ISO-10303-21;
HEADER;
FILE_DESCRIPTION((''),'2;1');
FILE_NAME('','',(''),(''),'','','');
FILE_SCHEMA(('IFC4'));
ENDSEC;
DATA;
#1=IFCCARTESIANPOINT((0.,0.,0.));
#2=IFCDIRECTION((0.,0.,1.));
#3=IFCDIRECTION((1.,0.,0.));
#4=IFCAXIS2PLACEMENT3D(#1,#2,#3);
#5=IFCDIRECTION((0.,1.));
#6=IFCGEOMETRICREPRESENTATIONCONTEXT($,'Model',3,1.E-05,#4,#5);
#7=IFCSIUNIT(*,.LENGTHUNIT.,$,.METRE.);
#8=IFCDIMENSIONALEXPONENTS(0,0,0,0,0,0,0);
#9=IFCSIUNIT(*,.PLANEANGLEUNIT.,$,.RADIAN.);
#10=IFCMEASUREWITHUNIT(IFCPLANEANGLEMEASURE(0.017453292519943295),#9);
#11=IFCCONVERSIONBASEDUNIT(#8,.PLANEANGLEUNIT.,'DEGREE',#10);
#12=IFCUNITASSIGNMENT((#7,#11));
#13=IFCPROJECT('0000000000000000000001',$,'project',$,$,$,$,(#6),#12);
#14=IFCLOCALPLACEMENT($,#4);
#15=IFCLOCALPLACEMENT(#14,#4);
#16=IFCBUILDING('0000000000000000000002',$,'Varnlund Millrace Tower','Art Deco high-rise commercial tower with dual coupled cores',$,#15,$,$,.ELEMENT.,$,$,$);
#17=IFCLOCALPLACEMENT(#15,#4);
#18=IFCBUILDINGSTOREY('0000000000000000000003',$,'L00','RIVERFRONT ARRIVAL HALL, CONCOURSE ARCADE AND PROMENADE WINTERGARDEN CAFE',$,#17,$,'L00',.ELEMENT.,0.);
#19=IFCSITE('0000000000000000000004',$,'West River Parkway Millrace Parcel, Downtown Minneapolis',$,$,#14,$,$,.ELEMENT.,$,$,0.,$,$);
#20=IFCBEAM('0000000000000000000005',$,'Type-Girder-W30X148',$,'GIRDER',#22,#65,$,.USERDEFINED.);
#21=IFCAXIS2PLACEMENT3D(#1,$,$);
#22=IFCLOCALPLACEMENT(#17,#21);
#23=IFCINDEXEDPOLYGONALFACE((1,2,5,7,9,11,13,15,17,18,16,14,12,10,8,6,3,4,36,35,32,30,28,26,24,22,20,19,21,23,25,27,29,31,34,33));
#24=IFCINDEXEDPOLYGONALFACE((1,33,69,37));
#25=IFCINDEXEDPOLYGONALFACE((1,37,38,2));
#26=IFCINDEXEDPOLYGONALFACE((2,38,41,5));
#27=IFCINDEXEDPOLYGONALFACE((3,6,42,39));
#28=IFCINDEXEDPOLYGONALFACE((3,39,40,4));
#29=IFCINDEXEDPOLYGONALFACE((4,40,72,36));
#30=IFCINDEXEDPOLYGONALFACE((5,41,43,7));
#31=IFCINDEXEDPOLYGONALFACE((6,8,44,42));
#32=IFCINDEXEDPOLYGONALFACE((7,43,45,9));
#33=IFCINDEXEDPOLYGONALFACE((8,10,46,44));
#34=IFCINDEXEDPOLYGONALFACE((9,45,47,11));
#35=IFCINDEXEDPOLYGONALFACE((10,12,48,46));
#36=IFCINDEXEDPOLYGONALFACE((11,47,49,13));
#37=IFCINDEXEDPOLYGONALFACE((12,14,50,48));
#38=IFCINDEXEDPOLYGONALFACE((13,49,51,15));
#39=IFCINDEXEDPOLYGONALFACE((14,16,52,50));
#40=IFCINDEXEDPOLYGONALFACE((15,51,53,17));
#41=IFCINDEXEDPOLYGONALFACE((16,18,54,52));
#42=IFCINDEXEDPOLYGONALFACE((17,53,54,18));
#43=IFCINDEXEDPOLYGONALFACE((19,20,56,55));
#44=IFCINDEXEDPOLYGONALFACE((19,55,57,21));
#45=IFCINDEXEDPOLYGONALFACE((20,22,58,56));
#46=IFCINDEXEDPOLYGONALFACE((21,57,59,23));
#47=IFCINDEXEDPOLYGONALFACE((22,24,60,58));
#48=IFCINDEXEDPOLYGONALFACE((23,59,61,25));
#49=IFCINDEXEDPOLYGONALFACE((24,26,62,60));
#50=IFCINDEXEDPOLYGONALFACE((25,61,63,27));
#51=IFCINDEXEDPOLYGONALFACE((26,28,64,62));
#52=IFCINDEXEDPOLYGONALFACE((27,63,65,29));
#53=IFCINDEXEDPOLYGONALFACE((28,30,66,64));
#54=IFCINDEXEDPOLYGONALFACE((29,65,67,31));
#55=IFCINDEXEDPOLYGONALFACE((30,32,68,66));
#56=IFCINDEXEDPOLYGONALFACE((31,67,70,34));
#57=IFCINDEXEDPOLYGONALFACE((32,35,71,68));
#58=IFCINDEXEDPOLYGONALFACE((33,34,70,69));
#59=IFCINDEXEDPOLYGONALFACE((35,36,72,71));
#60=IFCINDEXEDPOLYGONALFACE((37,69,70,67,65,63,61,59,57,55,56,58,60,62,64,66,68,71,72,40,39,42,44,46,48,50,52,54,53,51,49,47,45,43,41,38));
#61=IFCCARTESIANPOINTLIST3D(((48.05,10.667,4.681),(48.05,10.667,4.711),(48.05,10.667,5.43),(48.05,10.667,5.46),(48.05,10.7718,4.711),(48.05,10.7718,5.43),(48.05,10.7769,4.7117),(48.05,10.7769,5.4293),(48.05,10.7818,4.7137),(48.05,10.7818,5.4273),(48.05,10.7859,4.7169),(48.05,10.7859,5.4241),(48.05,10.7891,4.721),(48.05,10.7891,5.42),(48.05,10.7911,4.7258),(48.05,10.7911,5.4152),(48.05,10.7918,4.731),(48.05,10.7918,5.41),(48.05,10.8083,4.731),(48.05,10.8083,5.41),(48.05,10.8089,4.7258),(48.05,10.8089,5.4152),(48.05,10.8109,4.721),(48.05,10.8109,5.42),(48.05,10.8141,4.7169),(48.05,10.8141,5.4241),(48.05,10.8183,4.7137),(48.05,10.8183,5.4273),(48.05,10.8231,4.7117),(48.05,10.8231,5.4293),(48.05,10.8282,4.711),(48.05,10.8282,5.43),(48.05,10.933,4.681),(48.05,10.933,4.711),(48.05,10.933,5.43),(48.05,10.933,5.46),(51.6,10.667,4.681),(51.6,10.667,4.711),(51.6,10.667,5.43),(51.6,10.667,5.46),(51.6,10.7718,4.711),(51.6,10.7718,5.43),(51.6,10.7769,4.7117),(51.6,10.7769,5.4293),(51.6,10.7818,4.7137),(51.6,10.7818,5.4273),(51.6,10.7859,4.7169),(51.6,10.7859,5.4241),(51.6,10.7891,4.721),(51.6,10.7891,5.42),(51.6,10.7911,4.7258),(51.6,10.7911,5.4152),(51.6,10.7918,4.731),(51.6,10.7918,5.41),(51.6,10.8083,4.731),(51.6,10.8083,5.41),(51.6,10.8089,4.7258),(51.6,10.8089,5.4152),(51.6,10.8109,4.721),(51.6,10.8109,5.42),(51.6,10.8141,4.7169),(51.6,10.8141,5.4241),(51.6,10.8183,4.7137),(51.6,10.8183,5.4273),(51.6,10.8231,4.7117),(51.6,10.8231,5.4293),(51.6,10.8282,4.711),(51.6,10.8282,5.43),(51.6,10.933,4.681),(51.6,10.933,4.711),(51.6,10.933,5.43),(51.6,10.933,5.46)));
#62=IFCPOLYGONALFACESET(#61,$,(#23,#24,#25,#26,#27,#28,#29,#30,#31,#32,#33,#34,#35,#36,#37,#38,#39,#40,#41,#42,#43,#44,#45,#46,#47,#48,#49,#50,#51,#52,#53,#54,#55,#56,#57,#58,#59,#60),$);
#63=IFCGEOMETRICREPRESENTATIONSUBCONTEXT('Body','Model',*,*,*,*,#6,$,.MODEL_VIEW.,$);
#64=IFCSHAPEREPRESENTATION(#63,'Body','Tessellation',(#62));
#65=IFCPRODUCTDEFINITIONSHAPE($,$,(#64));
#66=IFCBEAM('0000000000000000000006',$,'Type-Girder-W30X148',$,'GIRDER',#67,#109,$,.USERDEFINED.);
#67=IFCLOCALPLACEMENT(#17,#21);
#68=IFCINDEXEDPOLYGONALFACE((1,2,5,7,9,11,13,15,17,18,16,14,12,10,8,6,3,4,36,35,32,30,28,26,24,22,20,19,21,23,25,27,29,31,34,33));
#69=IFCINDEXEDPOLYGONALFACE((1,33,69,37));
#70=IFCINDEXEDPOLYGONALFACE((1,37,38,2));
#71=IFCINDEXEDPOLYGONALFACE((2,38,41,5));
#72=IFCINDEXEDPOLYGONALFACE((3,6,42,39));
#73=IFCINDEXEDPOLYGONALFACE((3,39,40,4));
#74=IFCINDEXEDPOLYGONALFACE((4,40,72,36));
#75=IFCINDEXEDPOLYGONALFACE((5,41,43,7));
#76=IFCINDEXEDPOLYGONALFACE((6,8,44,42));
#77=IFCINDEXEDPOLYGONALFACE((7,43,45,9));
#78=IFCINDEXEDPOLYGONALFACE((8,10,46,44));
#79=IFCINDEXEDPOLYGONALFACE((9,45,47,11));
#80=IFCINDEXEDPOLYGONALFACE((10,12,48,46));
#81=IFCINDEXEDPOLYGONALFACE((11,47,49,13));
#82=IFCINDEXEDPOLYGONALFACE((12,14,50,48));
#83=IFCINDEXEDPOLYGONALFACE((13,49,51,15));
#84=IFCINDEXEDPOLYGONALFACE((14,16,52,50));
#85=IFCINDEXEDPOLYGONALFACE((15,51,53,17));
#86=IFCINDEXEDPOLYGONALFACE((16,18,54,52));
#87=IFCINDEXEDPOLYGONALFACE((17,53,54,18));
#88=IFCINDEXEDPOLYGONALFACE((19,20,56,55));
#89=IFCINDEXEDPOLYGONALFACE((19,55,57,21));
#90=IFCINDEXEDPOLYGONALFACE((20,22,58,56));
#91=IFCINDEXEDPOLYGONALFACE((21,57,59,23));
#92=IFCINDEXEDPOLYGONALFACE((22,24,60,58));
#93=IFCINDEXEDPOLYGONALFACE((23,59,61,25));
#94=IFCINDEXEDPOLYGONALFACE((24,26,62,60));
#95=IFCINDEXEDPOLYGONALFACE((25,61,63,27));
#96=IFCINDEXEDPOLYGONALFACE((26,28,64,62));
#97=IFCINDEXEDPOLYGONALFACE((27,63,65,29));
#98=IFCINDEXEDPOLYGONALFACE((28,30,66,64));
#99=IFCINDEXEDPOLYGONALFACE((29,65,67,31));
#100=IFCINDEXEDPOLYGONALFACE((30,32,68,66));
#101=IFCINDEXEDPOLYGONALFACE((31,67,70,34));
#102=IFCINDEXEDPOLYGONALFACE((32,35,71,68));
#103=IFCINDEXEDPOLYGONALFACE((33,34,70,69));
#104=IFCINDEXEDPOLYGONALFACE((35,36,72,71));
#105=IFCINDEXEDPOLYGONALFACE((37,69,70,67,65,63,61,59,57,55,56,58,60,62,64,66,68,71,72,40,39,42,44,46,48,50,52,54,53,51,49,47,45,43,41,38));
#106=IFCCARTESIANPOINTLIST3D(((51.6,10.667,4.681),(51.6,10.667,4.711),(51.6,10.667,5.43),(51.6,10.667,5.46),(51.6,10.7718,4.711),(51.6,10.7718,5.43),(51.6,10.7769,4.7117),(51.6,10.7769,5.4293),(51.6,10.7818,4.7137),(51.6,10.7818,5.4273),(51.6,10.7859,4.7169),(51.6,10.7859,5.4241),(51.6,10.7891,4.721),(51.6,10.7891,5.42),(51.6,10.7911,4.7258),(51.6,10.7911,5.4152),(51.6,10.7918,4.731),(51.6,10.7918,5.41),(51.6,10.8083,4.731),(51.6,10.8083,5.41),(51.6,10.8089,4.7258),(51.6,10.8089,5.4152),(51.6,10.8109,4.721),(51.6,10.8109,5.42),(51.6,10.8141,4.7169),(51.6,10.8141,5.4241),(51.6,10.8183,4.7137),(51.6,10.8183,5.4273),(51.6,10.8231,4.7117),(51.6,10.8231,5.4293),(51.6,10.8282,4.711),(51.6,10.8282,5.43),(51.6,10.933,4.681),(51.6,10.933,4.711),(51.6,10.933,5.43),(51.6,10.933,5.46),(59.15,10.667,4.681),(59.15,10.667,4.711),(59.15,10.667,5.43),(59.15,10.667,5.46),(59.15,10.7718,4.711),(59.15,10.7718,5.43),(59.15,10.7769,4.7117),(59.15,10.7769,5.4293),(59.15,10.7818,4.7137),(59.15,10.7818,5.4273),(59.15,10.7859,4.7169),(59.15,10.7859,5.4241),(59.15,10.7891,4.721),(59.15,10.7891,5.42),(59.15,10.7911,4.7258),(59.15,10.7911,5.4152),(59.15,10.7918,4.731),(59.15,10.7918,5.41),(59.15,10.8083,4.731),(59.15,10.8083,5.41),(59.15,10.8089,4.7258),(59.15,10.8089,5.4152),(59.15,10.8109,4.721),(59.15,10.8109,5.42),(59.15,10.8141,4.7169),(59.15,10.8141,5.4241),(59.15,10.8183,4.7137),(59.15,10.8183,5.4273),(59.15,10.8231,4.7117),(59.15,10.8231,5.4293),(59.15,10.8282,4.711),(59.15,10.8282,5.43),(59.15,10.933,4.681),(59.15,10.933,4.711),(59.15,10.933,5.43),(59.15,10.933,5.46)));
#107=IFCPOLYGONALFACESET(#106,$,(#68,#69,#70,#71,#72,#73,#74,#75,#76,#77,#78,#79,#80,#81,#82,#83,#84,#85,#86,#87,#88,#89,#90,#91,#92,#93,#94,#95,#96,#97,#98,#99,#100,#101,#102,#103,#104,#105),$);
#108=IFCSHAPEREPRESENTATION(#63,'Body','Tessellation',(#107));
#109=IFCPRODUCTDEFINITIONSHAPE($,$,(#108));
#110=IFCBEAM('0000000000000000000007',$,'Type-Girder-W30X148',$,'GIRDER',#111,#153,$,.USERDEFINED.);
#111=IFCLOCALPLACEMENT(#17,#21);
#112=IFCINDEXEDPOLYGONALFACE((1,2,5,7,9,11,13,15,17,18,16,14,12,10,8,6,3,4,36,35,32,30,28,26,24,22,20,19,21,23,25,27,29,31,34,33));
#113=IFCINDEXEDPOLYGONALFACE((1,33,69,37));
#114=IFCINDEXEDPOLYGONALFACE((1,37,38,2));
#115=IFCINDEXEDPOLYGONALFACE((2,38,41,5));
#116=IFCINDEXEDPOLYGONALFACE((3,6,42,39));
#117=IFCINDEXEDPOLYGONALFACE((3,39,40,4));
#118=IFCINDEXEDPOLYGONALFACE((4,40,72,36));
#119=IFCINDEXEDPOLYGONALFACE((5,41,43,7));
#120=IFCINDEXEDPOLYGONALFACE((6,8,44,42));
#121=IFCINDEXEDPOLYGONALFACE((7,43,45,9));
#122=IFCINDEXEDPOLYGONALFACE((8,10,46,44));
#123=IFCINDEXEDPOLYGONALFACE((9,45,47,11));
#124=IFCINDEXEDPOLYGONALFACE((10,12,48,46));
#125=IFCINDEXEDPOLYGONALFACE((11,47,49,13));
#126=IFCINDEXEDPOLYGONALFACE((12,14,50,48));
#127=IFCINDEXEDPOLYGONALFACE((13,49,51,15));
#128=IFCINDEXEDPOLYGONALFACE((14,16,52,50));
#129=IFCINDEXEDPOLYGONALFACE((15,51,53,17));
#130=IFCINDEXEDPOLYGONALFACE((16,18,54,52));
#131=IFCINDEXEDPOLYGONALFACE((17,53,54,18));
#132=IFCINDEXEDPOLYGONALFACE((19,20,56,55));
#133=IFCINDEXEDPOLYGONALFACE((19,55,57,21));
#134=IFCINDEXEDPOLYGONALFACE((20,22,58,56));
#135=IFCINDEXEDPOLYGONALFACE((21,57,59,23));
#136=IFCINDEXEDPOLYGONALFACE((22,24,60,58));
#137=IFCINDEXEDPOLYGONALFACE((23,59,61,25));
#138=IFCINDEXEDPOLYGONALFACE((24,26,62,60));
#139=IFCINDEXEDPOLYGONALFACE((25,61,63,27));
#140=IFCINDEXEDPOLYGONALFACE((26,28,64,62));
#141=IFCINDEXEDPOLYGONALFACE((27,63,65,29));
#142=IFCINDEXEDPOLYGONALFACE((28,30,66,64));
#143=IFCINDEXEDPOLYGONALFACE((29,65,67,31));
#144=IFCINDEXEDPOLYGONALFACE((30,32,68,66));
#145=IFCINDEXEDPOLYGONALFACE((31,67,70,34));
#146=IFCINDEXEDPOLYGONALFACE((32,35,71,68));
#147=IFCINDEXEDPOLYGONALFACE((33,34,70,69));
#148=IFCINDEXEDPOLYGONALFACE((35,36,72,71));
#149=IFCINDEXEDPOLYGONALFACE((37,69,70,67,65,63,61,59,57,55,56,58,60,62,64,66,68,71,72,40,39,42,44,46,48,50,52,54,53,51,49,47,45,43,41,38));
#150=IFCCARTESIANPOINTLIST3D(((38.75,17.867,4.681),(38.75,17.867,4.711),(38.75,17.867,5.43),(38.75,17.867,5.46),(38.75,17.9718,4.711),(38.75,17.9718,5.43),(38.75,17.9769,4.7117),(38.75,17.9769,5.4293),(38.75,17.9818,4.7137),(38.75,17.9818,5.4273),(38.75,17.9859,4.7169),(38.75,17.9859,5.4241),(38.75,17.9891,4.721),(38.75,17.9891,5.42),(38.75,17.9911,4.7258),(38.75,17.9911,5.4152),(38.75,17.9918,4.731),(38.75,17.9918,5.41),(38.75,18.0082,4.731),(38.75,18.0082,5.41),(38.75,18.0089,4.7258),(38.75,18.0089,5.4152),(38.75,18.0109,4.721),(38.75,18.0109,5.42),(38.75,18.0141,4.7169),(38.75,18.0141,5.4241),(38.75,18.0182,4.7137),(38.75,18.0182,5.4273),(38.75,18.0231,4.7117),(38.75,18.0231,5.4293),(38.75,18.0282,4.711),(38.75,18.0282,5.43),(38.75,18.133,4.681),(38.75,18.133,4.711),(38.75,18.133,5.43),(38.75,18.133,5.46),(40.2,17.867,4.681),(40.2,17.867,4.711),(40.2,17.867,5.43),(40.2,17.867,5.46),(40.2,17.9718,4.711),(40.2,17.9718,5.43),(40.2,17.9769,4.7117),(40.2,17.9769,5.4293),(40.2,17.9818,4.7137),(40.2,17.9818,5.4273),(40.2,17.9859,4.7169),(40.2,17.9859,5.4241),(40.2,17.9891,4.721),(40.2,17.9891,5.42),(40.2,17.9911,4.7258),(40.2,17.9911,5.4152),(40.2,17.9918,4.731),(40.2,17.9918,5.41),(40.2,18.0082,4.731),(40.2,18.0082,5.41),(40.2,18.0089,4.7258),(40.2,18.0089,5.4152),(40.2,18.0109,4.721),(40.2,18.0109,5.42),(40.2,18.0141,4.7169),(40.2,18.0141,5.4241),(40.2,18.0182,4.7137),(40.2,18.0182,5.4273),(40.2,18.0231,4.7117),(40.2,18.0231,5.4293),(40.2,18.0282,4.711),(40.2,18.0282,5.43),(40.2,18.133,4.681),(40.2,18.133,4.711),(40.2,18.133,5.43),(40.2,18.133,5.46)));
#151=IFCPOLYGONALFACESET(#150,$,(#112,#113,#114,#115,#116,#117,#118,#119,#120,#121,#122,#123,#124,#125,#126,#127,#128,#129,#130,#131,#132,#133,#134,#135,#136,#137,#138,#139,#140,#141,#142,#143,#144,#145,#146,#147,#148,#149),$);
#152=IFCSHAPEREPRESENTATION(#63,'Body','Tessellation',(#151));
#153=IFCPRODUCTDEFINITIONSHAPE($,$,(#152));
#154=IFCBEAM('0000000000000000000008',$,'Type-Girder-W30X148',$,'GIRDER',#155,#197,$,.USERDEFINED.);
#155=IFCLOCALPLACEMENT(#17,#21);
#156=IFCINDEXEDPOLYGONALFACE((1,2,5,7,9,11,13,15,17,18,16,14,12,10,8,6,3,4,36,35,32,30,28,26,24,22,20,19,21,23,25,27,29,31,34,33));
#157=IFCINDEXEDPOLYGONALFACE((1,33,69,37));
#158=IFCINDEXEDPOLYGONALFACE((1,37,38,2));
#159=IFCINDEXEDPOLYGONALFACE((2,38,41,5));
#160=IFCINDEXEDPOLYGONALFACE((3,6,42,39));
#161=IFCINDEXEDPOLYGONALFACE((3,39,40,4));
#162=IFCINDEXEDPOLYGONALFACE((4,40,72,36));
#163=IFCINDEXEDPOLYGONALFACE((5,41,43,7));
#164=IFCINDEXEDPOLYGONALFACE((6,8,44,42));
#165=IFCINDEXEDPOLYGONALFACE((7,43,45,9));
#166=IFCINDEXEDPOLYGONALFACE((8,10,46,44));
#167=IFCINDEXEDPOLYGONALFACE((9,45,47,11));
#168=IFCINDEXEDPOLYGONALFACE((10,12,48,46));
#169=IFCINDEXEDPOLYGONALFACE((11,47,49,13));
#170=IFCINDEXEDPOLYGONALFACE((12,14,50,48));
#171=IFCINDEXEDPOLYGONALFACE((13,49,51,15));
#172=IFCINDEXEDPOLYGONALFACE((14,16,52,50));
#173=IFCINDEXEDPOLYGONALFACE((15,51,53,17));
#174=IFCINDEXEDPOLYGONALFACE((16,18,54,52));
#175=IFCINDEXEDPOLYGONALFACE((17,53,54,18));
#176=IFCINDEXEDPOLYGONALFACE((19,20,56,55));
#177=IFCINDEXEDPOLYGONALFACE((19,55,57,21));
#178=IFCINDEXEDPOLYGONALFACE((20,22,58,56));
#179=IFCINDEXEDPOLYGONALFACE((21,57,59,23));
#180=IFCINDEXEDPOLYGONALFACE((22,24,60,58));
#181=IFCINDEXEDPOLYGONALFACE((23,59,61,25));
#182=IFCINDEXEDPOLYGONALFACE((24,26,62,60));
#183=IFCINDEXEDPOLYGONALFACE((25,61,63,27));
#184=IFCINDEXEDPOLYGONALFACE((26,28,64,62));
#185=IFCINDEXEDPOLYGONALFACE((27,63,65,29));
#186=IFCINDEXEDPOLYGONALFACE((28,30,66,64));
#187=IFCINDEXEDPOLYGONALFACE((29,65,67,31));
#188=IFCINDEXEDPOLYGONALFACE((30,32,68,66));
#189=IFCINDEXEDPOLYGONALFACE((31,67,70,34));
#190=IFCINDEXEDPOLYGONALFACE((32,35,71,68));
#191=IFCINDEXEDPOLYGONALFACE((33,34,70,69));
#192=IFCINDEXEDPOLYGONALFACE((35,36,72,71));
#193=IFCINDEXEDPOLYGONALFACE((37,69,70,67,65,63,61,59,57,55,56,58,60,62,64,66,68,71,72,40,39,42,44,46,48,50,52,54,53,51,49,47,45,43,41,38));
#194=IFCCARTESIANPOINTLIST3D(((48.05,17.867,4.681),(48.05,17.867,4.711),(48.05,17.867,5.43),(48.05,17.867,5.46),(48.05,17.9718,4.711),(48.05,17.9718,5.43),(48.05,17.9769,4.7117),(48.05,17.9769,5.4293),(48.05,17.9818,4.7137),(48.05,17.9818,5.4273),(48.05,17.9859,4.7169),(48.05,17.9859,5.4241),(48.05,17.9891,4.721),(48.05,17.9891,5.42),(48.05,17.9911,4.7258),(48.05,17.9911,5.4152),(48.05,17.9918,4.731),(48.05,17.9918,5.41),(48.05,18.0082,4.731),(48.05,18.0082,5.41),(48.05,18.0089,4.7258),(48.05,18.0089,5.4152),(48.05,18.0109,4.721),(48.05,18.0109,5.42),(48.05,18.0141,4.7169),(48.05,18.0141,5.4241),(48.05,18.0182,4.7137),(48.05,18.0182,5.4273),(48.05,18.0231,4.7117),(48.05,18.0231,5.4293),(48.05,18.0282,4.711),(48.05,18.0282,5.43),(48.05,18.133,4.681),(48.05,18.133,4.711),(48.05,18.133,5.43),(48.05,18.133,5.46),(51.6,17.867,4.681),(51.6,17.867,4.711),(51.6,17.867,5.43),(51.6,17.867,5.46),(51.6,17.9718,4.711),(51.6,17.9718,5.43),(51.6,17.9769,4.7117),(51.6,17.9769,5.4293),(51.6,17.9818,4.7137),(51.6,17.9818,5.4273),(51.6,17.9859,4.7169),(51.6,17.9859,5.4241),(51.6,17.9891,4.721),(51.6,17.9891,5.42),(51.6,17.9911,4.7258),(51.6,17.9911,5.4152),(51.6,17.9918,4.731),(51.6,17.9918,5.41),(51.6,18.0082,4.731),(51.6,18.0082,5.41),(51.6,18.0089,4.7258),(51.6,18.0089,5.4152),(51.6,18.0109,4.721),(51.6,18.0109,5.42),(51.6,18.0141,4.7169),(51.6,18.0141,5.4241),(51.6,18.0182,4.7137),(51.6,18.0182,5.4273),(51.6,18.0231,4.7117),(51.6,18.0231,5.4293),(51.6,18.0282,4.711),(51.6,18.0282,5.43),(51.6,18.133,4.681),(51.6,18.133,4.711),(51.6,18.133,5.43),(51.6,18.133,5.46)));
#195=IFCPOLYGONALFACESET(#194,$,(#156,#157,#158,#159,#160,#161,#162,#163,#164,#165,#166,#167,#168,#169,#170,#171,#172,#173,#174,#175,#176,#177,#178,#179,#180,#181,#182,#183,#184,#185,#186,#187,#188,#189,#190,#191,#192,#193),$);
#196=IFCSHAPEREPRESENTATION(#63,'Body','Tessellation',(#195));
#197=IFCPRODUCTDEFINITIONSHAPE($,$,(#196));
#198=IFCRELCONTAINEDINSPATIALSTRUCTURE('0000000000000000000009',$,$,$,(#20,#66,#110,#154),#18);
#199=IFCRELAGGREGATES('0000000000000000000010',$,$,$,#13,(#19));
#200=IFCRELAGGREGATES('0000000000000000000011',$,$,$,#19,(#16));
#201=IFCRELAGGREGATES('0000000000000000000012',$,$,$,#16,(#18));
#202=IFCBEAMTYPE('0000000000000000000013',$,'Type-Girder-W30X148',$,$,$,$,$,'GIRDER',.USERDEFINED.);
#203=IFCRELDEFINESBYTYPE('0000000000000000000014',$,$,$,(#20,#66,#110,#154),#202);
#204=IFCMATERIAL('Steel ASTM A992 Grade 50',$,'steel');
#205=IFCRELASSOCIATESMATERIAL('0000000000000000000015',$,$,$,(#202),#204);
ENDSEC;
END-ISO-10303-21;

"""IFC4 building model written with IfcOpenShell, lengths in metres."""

from ifc_helpers import new_model, entity, si_unit, converted_unit, direction, frame, origin_with_axes, origin_2d_with_axis, place, context, subcontext, project, spatial, i_section, extrude, material, material_profile, profile_set, type_object, element, save


model = new_model("IFC4")

# Units and contexts
model_context = context("Model", 3, precision=1e-05, world=origin_with_axes(), true_north=direction((0.0, 1.0)))
body_context = subcontext(model_context, "Body", "Model", "MODEL_VIEW")
ifc_project = project(units=[si_unit("LENGTHUNIT", "METRE"), converted_unit("PLANEANGLEUNIT", "DEGREE", entity("IfcPlaneAngleMeasure", 0.017453292519943295), si_unit("PLANEANGLEUNIT", "RADIAN"), dimensions=[0, 0, 0, 0, 0, 0, 0])], contexts=[model_context])

# Site, building, storey
site_placement = place(None, origin_with_axes())
site = spatial("IfcSite", under=ifc_project, at=site_placement, Name="West River Parkway Millrace Parcel, Downtown Minneapolis", CompositionType="ELEMENT", RefElevation=0.0)
building_placement = place(site_placement, origin_with_axes())
building = spatial("IfcBuilding", under=site, at=building_placement, Name="Varnlund Millrace Tower", Description="Art Deco high-rise commercial tower with dual coupled cores", CompositionType="ELEMENT")
storey_placement = place(building_placement, origin_with_axes())
storey = spatial("IfcBuildingStorey", under=building, at=storey_placement, Name="L00", Description="RIVERFRONT ARRIVAL HALL, CONCOURSE ARCADE AND PROMENADE WINTERGARDEN CAFE", LongName="L00", CompositionType="ELEMENT", Elevation=0.0)

# Beams
ifc_material_1 = material(Name="Steel ASTM A992 Grade 50", Category="steel")
ifc_material_profile_1 = material_profile(ifc_material_1, i_section(OverallWidth=0.266, OverallDepth=0.779, WebThickness=0.0165, FlangeThickness=0.03, FilletRadius=0.02, at=origin_2d_with_axis()), Name="Steel ASTM A992 Grade 50")
ifc_profile_set_1 = profile_set([ifc_material_profile_1], Name="Steel ASTM A992 Grade 50")
beam_type_1 = type_object("IfcBeamType", Name="Type-Girder-W30X148", ElementType="GIRDER", PredefinedType="USERDEFINED", material=ifc_profile_set_1)
beam_1_placement = place(storey_placement, frame((48.05, 10.8, 5.0705), z_axis=(1.0, 0.0, 0.0), x_axis=(0.0, 1.0, 0.0)))
element("IfcBeam", 1, at=beam_1_placement, inside=storey, type_object=beam_type_1, Name="Type-Girder-W30X148", ObjectType="GIRDER", PredefinedType="USERDEFINED", context=body_context, shape_type="SweptSolid", body=[
    extrude(i_section(OverallWidth=0.266, OverallDepth=0.779, WebThickness=0.0165, FlangeThickness=0.03, FilletRadius=0.02, at=origin_2d_with_axis()), origin_with_axes(), (0.0, 0.0, 1.0), 3.55),
])
beam_2_placement = place(storey_placement, frame((51.6, 10.8, 5.0705), z_axis=(1.0, 0.0, 0.0), x_axis=(0.0, 1.0, 0.0)))
element("IfcBeam", 2, at=beam_2_placement, inside=storey, type_object=beam_type_1, Name="Type-Girder-W30X148", ObjectType="GIRDER", PredefinedType="USERDEFINED", context=body_context, shape_type="SweptSolid", body=[
    extrude(i_section(OverallWidth=0.266, OverallDepth=0.779, WebThickness=0.0165, FlangeThickness=0.03, FilletRadius=0.02, at=origin_2d_with_axis()), origin_with_axes(), (0.0, 0.0, 1.0), 7.55),
])
beam_3_placement = place(storey_placement, frame((38.75, 18.0, 5.0705), z_axis=(1.0, 0.0, 0.0), x_axis=(0.0, 1.0, 0.0)))
element("IfcBeam", 3, at=beam_3_placement, inside=storey, type_object=beam_type_1, Name="Type-Girder-W30X148", ObjectType="GIRDER", PredefinedType="USERDEFINED", context=body_context, shape_type="SweptSolid", body=[
    extrude(i_section(OverallWidth=0.266, OverallDepth=0.779, WebThickness=0.0165, FlangeThickness=0.03, FilletRadius=0.02, at=origin_2d_with_axis()), origin_with_axes(), (0.0, 0.0, 1.0), 1.45),
])
beam_4_placement = place(storey_placement, frame((48.05, 18.0, 5.0705), z_axis=(1.0, 0.0, 0.0), x_axis=(0.0, 1.0, 0.0)))
element("IfcBeam", 4, at=beam_4_placement, inside=storey, type_object=beam_type_1, Name="Type-Girder-W30X148", ObjectType="GIRDER", PredefinedType="USERDEFINED", context=body_context, shape_type="SweptSolid", body=[
    extrude(i_section(OverallWidth=0.266, OverallDepth=0.779, WebThickness=0.0165, FlangeThickness=0.03, FilletRadius=0.02, at=origin_2d_with_axis()), origin_with_axes(), (0.0, 0.0, 1.0), 3.55),
])

save(model, "model.ifc")
